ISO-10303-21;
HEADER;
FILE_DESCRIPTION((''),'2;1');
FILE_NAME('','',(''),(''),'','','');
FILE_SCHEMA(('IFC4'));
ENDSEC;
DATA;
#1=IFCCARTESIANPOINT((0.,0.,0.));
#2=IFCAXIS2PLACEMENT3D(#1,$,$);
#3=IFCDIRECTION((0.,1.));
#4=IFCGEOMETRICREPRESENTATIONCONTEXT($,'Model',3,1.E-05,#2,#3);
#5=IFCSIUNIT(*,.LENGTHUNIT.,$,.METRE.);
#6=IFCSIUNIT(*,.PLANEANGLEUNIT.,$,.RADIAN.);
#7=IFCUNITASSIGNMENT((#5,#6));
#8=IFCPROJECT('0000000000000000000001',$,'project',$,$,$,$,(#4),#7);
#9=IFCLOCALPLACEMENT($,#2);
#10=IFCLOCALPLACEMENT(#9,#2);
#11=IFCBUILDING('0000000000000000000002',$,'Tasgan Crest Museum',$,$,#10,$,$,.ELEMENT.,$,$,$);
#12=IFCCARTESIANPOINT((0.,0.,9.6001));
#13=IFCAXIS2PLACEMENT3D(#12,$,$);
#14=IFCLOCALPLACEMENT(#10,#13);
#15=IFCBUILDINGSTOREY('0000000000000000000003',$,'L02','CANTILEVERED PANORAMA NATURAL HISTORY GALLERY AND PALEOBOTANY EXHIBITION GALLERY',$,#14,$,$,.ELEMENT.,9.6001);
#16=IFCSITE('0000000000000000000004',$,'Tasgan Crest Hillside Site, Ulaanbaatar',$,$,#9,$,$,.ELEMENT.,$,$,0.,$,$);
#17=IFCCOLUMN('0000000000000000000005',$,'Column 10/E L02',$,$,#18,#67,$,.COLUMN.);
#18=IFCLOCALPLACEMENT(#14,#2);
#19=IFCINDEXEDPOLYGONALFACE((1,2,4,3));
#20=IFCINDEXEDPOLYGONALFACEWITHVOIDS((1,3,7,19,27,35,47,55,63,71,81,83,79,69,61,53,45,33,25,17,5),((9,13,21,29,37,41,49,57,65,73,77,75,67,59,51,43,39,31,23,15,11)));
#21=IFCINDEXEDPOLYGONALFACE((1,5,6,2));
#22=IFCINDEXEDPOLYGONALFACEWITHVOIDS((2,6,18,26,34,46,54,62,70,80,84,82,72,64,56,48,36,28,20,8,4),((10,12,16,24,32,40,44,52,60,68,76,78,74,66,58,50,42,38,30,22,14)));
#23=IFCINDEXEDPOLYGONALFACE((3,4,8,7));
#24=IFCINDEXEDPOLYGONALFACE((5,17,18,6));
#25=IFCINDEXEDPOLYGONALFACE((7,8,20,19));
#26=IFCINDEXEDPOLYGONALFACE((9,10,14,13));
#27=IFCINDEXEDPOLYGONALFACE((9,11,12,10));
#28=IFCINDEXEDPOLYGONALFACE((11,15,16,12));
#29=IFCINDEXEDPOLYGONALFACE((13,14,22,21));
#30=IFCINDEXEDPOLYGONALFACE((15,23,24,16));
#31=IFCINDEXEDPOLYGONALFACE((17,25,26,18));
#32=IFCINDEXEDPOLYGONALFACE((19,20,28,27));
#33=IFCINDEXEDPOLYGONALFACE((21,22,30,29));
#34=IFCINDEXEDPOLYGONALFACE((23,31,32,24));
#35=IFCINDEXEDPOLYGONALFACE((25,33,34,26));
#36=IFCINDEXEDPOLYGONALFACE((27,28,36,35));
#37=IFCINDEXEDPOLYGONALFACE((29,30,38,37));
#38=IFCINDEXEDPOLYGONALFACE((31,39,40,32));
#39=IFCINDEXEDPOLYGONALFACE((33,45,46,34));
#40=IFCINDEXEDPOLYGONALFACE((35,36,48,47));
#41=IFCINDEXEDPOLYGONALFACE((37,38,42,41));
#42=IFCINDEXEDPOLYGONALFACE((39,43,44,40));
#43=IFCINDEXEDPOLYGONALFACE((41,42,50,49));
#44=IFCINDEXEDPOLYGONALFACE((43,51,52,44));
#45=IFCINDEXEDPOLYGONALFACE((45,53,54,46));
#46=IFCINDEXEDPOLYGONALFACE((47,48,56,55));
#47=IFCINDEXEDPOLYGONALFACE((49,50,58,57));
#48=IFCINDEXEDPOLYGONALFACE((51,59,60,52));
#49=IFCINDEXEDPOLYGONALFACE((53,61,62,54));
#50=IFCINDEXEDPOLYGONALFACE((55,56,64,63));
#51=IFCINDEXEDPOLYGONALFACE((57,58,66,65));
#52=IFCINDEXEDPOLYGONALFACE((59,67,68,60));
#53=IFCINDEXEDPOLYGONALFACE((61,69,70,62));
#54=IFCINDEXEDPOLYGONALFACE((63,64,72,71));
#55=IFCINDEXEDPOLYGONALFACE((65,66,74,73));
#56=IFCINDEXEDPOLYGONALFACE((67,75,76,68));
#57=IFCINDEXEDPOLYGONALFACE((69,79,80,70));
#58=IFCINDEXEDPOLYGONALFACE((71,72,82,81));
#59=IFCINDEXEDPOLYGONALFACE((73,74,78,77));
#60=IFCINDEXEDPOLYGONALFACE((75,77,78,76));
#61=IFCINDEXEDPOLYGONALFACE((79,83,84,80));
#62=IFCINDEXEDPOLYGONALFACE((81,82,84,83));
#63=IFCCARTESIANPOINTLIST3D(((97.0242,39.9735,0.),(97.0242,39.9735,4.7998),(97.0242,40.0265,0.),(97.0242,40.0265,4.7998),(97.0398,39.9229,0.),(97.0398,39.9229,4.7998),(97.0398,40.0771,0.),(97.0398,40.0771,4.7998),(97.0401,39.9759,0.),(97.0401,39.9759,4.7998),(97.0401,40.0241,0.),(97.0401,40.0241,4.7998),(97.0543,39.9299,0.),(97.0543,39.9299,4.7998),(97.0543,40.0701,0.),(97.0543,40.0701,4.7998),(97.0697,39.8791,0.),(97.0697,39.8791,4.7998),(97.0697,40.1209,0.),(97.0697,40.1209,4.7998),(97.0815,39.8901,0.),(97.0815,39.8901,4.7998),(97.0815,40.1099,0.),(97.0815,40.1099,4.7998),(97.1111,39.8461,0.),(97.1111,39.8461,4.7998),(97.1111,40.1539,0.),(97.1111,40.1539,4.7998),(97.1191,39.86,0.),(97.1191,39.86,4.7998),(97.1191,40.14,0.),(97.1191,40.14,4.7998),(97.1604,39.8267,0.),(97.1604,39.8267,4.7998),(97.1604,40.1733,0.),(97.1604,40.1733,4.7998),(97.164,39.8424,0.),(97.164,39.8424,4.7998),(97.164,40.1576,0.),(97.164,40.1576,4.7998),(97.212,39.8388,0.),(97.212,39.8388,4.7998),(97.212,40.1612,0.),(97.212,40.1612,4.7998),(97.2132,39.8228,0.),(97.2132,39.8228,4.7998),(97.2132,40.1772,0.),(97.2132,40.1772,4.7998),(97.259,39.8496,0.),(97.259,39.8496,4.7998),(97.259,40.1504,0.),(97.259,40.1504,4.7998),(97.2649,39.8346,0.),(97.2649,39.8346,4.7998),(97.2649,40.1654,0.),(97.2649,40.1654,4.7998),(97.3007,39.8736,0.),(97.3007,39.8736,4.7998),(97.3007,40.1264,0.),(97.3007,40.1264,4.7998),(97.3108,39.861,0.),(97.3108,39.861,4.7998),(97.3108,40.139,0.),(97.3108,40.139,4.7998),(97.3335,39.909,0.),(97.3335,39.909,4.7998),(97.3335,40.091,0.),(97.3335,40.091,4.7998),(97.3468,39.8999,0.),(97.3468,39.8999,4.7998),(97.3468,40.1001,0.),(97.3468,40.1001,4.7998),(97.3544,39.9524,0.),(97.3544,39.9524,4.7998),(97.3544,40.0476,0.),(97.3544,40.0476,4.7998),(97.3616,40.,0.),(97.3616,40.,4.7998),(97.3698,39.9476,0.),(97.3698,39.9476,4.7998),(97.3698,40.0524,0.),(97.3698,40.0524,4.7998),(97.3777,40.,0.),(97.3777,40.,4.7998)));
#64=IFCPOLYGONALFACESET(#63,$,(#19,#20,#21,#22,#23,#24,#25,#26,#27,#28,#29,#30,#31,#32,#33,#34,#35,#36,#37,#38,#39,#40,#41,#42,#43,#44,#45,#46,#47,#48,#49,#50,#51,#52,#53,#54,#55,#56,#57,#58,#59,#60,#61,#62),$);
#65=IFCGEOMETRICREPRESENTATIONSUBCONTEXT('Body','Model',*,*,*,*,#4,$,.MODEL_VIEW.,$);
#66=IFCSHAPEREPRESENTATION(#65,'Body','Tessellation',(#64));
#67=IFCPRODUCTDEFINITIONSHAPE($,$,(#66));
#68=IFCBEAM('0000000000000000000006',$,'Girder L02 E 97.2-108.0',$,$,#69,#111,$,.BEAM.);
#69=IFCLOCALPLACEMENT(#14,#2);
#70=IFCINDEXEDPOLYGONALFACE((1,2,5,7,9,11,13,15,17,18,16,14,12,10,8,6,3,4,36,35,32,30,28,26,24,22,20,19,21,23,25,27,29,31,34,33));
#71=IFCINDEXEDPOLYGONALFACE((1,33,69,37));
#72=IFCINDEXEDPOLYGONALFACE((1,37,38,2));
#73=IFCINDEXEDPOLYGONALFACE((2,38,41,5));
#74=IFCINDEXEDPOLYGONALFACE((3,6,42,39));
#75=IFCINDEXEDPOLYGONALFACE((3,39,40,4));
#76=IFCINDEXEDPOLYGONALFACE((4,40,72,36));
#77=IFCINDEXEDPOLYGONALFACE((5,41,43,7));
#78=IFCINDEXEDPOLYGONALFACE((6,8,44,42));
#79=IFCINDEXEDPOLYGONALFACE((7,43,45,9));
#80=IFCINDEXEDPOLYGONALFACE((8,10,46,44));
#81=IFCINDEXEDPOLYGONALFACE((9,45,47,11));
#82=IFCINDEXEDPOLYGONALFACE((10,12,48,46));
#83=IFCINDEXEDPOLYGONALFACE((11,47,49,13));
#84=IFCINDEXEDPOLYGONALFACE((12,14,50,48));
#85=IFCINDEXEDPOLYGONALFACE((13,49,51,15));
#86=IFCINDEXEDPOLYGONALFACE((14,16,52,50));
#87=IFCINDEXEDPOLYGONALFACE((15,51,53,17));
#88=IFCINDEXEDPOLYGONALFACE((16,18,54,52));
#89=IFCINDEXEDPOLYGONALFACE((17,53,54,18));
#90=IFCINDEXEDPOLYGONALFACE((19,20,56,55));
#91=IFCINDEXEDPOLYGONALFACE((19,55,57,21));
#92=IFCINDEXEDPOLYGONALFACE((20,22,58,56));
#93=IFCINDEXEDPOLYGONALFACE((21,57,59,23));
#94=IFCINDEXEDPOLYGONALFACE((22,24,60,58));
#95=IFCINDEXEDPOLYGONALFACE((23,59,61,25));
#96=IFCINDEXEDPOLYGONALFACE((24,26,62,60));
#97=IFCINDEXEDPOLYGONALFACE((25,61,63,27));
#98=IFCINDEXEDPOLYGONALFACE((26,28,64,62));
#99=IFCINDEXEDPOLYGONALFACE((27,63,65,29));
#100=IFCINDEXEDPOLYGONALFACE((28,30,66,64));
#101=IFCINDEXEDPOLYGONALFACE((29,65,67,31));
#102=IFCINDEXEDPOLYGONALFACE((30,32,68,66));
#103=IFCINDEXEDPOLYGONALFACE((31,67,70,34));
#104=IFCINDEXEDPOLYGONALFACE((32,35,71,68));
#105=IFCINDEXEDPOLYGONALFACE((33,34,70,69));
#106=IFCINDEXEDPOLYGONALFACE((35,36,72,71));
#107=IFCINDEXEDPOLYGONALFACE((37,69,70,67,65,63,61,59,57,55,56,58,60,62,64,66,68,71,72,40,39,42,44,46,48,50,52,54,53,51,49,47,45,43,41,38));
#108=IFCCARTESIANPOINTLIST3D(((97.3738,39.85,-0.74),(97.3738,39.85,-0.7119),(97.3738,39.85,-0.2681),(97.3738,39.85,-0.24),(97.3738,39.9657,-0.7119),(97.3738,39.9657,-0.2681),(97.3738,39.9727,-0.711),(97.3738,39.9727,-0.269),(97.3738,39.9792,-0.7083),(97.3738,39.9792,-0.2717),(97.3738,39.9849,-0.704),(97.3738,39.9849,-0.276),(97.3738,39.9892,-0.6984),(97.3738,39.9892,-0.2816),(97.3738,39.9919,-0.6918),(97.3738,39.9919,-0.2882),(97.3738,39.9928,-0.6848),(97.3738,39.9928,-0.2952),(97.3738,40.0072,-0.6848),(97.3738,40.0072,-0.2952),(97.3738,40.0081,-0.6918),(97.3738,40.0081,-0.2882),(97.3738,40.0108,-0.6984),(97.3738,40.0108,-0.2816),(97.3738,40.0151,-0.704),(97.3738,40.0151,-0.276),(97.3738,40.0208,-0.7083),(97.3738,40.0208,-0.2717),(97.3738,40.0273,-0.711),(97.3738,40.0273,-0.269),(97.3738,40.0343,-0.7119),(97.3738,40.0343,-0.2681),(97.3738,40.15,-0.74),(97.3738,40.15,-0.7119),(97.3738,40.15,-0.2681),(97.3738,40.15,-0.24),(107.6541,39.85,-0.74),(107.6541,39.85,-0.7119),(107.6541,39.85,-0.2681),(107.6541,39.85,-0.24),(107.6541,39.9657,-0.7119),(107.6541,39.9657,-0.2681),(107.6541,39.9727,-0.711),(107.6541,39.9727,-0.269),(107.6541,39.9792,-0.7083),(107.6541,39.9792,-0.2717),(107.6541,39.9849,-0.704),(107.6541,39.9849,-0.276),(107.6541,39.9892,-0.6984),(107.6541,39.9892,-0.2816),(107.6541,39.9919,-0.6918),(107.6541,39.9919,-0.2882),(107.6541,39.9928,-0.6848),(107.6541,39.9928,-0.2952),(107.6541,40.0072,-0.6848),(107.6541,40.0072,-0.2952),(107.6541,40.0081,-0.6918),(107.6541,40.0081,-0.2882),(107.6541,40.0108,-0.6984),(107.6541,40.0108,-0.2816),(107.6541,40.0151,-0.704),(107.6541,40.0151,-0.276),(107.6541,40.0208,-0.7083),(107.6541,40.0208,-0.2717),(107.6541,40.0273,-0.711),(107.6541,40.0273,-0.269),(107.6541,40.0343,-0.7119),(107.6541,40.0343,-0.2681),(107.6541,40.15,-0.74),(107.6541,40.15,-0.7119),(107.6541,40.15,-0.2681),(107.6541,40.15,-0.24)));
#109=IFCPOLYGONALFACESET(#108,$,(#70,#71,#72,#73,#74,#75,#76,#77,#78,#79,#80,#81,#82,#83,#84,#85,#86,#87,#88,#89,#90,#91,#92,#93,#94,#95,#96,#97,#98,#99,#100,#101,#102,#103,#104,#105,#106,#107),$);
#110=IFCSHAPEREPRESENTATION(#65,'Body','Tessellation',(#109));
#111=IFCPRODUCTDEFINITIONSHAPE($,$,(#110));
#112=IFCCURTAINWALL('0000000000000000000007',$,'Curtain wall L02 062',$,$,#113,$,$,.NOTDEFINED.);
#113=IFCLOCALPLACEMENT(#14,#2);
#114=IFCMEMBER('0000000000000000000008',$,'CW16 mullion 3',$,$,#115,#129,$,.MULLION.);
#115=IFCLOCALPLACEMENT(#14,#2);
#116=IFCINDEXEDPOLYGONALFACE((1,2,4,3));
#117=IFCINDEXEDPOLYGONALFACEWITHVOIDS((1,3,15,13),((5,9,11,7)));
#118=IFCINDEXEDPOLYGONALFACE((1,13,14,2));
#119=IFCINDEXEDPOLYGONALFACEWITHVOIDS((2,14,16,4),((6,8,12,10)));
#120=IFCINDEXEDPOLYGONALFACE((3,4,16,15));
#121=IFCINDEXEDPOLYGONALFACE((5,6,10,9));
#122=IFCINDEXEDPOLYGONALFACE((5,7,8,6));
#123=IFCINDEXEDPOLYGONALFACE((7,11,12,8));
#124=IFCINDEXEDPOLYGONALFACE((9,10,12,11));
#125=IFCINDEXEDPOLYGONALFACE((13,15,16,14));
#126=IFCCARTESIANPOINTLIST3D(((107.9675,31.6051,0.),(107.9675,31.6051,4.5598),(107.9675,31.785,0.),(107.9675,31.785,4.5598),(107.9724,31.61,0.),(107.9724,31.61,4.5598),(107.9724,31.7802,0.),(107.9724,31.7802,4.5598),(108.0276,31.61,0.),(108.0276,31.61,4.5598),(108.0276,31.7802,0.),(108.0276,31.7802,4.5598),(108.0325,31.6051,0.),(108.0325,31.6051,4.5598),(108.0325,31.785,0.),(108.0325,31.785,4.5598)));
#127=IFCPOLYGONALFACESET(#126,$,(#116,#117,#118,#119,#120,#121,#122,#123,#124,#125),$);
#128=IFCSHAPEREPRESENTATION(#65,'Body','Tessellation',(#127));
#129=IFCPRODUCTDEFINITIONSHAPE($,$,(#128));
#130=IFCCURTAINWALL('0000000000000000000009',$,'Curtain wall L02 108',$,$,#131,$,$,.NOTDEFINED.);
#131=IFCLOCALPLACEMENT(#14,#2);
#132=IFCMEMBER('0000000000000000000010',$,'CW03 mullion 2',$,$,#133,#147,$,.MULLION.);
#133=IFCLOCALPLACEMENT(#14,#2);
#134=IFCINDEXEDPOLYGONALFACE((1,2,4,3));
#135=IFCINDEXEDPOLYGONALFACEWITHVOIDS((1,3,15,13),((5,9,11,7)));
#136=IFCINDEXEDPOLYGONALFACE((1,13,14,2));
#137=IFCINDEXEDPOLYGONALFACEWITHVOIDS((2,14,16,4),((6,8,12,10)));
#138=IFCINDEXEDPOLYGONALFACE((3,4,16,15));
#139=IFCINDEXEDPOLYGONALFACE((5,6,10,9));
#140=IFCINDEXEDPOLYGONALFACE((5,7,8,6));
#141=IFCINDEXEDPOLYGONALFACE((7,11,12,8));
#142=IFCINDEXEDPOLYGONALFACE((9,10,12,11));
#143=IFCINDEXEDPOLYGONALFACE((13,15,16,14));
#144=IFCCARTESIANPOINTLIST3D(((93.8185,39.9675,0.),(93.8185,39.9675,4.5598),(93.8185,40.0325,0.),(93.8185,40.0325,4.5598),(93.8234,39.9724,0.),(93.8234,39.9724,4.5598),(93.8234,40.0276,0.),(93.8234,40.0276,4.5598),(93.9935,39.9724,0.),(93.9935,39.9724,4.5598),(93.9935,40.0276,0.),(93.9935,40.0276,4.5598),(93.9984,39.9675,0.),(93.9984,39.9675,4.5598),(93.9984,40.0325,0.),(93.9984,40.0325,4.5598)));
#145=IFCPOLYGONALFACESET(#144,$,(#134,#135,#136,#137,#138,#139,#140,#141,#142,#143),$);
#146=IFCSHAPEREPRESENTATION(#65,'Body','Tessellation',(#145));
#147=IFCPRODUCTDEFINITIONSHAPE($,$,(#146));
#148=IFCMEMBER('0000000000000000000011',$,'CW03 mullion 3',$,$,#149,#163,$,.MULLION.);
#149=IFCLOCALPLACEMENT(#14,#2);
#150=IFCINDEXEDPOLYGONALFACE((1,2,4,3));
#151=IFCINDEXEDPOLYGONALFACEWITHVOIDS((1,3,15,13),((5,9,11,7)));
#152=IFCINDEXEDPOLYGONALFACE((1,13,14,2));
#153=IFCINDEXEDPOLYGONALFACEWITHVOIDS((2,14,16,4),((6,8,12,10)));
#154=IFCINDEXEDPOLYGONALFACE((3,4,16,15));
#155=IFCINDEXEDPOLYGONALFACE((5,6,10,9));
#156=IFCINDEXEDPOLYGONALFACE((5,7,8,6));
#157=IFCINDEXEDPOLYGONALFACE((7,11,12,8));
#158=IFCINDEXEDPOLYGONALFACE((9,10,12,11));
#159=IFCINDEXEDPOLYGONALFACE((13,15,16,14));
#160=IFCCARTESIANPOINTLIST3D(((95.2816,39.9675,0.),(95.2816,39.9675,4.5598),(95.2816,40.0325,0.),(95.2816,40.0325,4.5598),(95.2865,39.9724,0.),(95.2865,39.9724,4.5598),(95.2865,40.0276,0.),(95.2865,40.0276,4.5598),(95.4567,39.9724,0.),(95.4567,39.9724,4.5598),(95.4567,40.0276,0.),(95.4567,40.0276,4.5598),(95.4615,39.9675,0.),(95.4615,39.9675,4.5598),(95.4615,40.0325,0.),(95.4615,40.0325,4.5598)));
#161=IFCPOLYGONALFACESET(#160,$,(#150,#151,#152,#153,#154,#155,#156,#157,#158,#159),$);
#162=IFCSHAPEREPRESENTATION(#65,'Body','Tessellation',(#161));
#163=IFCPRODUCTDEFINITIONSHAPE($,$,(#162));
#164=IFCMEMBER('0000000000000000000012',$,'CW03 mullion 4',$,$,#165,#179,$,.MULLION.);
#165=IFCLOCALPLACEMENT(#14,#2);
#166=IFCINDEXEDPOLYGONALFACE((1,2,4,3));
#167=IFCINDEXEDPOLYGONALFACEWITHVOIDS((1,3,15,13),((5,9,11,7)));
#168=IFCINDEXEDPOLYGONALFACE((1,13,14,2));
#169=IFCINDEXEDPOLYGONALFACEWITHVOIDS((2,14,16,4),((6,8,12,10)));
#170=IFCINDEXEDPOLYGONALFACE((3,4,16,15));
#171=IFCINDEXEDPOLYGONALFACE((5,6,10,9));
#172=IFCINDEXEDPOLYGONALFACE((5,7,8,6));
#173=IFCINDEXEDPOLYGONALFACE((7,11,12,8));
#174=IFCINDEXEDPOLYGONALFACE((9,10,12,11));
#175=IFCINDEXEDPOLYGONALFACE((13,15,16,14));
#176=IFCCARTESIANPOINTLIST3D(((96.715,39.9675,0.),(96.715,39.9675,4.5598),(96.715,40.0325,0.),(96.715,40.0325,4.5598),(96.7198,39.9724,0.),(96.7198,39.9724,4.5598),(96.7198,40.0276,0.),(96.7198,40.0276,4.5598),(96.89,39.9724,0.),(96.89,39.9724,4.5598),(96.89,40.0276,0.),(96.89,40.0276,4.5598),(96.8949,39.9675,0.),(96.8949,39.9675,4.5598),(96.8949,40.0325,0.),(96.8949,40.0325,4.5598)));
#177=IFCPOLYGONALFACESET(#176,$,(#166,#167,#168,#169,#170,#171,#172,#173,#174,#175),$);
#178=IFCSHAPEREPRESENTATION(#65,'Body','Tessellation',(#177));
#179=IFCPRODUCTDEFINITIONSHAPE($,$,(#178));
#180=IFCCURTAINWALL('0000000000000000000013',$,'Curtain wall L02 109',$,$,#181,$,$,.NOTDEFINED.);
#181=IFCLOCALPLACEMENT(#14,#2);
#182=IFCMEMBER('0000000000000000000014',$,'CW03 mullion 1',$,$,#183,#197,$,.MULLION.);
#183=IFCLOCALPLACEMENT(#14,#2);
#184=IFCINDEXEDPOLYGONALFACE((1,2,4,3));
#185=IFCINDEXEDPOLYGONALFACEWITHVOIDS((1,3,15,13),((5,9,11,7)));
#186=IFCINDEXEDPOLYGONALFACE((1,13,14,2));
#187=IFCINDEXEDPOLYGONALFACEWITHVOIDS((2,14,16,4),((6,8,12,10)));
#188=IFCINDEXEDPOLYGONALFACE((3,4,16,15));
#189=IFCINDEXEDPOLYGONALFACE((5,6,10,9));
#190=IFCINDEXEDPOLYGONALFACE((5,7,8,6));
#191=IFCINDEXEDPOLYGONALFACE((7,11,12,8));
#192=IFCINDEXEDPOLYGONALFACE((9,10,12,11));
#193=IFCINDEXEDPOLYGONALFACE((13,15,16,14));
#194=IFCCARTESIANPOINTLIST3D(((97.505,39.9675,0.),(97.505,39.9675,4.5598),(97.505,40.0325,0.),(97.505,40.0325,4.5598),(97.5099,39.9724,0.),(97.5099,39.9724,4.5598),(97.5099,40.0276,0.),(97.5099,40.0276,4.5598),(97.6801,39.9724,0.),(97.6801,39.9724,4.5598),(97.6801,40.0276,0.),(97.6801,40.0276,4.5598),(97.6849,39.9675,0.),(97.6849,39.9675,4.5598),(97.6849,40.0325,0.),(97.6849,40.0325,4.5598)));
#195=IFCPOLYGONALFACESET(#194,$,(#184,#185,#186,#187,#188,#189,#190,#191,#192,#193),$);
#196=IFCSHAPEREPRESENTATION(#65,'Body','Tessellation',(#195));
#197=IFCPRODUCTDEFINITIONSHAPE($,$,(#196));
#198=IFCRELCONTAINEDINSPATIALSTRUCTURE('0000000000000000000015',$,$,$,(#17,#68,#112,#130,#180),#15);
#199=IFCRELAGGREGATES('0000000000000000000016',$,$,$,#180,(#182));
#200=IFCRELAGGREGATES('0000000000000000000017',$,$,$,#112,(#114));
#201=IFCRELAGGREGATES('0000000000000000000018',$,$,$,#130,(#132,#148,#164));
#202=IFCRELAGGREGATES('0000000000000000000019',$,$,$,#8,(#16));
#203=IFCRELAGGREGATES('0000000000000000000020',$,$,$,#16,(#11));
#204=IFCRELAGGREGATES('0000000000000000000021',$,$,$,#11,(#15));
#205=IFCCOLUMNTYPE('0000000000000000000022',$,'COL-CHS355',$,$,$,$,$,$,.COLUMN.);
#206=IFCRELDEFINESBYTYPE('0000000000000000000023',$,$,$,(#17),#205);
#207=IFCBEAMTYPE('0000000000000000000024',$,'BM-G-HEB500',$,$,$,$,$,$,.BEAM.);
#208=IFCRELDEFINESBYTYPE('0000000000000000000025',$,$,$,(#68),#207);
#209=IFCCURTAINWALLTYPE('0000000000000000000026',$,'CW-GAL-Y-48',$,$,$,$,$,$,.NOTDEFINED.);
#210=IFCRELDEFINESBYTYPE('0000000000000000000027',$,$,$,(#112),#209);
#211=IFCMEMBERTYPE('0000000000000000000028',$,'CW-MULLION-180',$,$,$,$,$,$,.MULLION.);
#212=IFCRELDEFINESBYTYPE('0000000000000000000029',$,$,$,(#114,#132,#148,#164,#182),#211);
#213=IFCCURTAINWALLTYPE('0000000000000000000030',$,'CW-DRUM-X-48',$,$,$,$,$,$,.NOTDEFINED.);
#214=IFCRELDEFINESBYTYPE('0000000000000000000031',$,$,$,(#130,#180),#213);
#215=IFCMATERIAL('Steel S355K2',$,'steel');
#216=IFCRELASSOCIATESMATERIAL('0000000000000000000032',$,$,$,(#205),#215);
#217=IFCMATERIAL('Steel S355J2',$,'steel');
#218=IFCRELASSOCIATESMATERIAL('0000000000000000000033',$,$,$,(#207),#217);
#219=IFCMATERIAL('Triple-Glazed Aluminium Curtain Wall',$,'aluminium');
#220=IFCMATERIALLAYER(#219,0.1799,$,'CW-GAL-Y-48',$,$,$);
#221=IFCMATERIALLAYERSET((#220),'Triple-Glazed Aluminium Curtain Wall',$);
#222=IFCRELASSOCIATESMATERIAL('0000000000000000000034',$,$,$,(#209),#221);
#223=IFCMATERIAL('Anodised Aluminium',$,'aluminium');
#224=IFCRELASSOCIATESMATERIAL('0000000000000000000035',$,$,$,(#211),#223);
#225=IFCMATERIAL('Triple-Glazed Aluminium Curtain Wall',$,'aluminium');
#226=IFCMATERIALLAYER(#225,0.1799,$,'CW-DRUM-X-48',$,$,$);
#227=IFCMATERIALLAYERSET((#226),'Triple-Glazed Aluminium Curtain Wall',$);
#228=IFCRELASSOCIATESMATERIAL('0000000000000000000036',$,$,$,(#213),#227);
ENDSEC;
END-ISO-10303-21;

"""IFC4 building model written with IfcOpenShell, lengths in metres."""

from ifc_helpers import new_model, si_unit, direction, frame, origin, origin_2d, place, context, subcontext, project, spatial, hollow_rectangle, hollow_circle, i_section, extrude, material, layer, layer_set, material_profile, profile_set, type_object, element, aggregate, save


model = new_model("IFC4")

# Units and contexts
model_context = context("Model", 3, precision=1e-05, world=origin(), true_north=direction((0.0, 1.0)))
body_context = subcontext(model_context, "Body", "Model", "MODEL_VIEW")
ifc_project = project(units=[si_unit("LENGTHUNIT", "METRE"), si_unit("PLANEANGLEUNIT", "RADIAN")], contexts=[model_context])

# Site, building, storey
site_placement = place(None, origin())
site = spatial("IfcSite", under=ifc_project, at=site_placement, Name="Tasgan Crest Hillside Site, Ulaanbaatar", CompositionType="ELEMENT", RefElevation=0.0)
building_placement = place(site_placement, origin())
building = spatial("IfcBuilding", under=site, at=building_placement, Name="Tasgan Crest Museum", CompositionType="ELEMENT")
storey_placement = place(building_placement, frame((0.0, 0.0, 9.6001)))
storey = spatial("IfcBuildingStorey", under=building, at=storey_placement, Name="L02", Description="CANTILEVERED PANORAMA NATURAL HISTORY GALLERY AND PALEOBOTANY EXHIBITION GALLERY", CompositionType="ELEMENT", Elevation=9.6001)

# Column
ifc_material_1 = material(Name="Steel S355K2", Category="steel")
ifc_material_profile_1 = material_profile(ifc_material_1, hollow_circle(Radius=0.1777, WallThickness=0.0161, at=origin_2d()), Name="CHS 355.6x16")
ifc_profile_set_1 = profile_set([ifc_material_profile_1], Name="Steel S355K2")
column_type = type_object("IfcColumnType", Name="COL-CHS355", PredefinedType="COLUMN", material=ifc_profile_set_1)
column_placement = place(storey_placement, frame((97.2, 40.0, 0.0), z_axis=(0.0, 0.0, 1.0), x_axis=(1.0, 0.0, 0.0)))
element("IfcColumn", 1, at=column_placement, inside=storey, type_object=column_type, Name="Column 10/E L02", PredefinedType="COLUMN", context=body_context, shape_type="SweptSolid", body=[
    extrude(hollow_circle(Radius=0.1777, WallThickness=0.0161, at=origin_2d()), origin(), (0.0, 0.0, 1.0), 4.7998),
])

# Beam
ifc_material_2 = material(Name="Steel S355J2", Category="steel")
ifc_material_profile_2 = material_profile(ifc_material_2, i_section(OverallWidth=0.3, OverallDepth=0.5, WebThickness=0.0144, FlangeThickness=0.0281, FilletRadius=0.0271, at=origin_2d()), Name="HEB 500")
ifc_profile_set_2 = profile_set([ifc_material_profile_2], Name="Steel S355J2")
beam_type = type_object("IfcBeamType", Name="BM-G-HEB500", PredefinedType="BEAM", material=ifc_profile_set_2)
beam_placement = place(storey_placement, frame((97.3738, 40.0, -0.49), z_axis=(1.0, 0.0, 0.0), x_axis=(0.0, 1.0, 0.0)))
element("IfcBeam", 2, at=beam_placement, inside=storey, type_object=beam_type, Name="Girder L02 E 97.2-108.0", PredefinedType="BEAM", context=body_context, shape_type="SweptSolid", body=[
    extrude(i_section(OverallWidth=0.3, OverallDepth=0.5, WebThickness=0.0144, FlangeThickness=0.0281, FilletRadius=0.0271, at=origin_2d()), origin(), (0.0, 0.0, 1.0), 10.2803),
])

# Curtain wall, member
ifc_material_3 = material(Name="Triple-Glazed Aluminium Curtain Wall", Category="aluminium")
ifc_layer_1 = layer(ifc_material_3, 0.1799, Name="CW-GAL-Y-48")
ifc_layer_set_1 = layer_set([ifc_layer_1], Name="Triple-Glazed Aluminium Curtain Wall")
curtain_wall_type_1 = type_object("IfcCurtainWallType", Name="CW-GAL-Y-48", PredefinedType="NOTDEFINED", material=ifc_layer_set_1)
curtain_wall_1_placement = place(storey_placement, origin())
curtain_wall_1 = element("IfcCurtainWall", 3, at=curtain_wall_1_placement, inside=storey, type_object=curtain_wall_type_1, Name="Curtain wall L02 062", PredefinedType="NOTDEFINED")
ifc_material_4 = material(Name="Anodised Aluminium", Category="aluminium")
ifc_material_profile_3 = material_profile(ifc_material_4, hollow_rectangle(XDim=0.0649, YDim=0.1799, WallThickness=0.0049, at=origin_2d()), Name="ALU MULLION 180x65x5")
ifc_profile_set_3 = profile_set([ifc_material_profile_3], Name="Anodised Aluminium")
member_type_1 = type_object("IfcMemberType", Name="CW-MULLION-180", PredefinedType="MULLION", material=ifc_profile_set_3)
member_1_placement = place(storey_placement, frame((108.0, 31.6951, 0.0), z_axis=(0.0, 0.0, 1.0), x_axis=(1.0, 0.0, 0.0)))
member_1 = element("IfcMember", 4, at=member_1_placement, type_object=member_type_1, Name="CW16 mullion 3", PredefinedType="MULLION", context=body_context, shape_type="SweptSolid", body=[
    extrude(hollow_rectangle(XDim=0.0649, YDim=0.1799, WallThickness=0.0049, at=origin_2d()), origin(), (0.0, 0.0, 1.0), 4.5598),
])

# Curtain wall, members
ifc_material_5 = material(Name="Triple-Glazed Aluminium Curtain Wall", Category="aluminium")
ifc_layer_2 = layer(ifc_material_5, 0.1799, Name="CW-DRUM-X-48")
ifc_layer_set_2 = layer_set([ifc_layer_2], Name="Triple-Glazed Aluminium Curtain Wall")
curtain_wall_type_2 = type_object("IfcCurtainWallType", Name="CW-DRUM-X-48", PredefinedType="NOTDEFINED", material=ifc_layer_set_2)
curtain_wall_2_placement = place(storey_placement, origin())
curtain_wall_2 = element("IfcCurtainWall", 5, at=curtain_wall_2_placement, inside=storey, type_object=curtain_wall_type_2, Name="Curtain wall L02 108", PredefinedType="NOTDEFINED")
member_2_placement = place(storey_placement, frame((93.9084, 40.0, 0.0), z_axis=(0.0, 0.0, 1.0), x_axis=(0.0, 1.0, 0.0)))
member_2 = element("IfcMember", 6, at=member_2_placement, type_object=member_type_1, Name="CW03 mullion 2", PredefinedType="MULLION", context=body_context, shape_type="SweptSolid", body=[
    extrude(hollow_rectangle(XDim=0.0649, YDim=0.1799, WallThickness=0.0049, at=origin_2d()), origin(), (0.0, 0.0, 1.0), 4.5598),
])
member_3_placement = place(storey_placement, frame((95.3716, 40.0, 0.0), z_axis=(0.0, 0.0, 1.0), x_axis=(0.0, 1.0, 0.0)))
member_3 = element("IfcMember", 7, at=member_3_placement, type_object=member_type_1, Name="CW03 mullion 3", PredefinedType="MULLION", context=body_context, shape_type="SweptSolid", body=[
    extrude(hollow_rectangle(XDim=0.0649, YDim=0.1799, WallThickness=0.0049, at=origin_2d()), origin(), (0.0, 0.0, 1.0), 4.5598),
])
member_4_placement = place(storey_placement, frame((96.8049, 40.0, 0.0), z_axis=(0.0, 0.0, 1.0), x_axis=(0.0, 1.0, 0.0)))
member_4 = element("IfcMember", 8, at=member_4_placement, type_object=member_type_1, Name="CW03 mullion 4", PredefinedType="MULLION", context=body_context, shape_type="SweptSolid", body=[
    extrude(hollow_rectangle(XDim=0.0649, YDim=0.1799, WallThickness=0.0049, at=origin_2d()), origin(), (0.0, 0.0, 1.0), 4.5598),
])

# Curtain wall, member
curtain_wall_3_placement = place(storey_placement, origin())
curtain_wall_3 = element("IfcCurtainWall", 9, at=curtain_wall_3_placement, inside=storey, type_object=curtain_wall_type_2, Name="Curtain wall L02 109", PredefinedType="NOTDEFINED")
member_5_placement = place(storey_placement, frame((97.595, 40.0, 0.0), z_axis=(0.0, 0.0, 1.0), x_axis=(0.0, 1.0, 0.0)))
member_5 = element("IfcMember", 10, at=member_5_placement, type_object=member_type_1, Name="CW03 mullion 1", PredefinedType="MULLION", context=body_context, shape_type="SweptSolid", body=[
    extrude(hollow_rectangle(XDim=0.0649, YDim=0.1799, WallThickness=0.0049, at=origin_2d()), origin(), (0.0, 0.0, 1.0), 4.5598),
])

aggregate(curtain_wall_3, [member_5])
aggregate(curtain_wall_1, [member_1])
aggregate(curtain_wall_2, [member_2, member_3, member_4])

save(model, "model.ifc")
